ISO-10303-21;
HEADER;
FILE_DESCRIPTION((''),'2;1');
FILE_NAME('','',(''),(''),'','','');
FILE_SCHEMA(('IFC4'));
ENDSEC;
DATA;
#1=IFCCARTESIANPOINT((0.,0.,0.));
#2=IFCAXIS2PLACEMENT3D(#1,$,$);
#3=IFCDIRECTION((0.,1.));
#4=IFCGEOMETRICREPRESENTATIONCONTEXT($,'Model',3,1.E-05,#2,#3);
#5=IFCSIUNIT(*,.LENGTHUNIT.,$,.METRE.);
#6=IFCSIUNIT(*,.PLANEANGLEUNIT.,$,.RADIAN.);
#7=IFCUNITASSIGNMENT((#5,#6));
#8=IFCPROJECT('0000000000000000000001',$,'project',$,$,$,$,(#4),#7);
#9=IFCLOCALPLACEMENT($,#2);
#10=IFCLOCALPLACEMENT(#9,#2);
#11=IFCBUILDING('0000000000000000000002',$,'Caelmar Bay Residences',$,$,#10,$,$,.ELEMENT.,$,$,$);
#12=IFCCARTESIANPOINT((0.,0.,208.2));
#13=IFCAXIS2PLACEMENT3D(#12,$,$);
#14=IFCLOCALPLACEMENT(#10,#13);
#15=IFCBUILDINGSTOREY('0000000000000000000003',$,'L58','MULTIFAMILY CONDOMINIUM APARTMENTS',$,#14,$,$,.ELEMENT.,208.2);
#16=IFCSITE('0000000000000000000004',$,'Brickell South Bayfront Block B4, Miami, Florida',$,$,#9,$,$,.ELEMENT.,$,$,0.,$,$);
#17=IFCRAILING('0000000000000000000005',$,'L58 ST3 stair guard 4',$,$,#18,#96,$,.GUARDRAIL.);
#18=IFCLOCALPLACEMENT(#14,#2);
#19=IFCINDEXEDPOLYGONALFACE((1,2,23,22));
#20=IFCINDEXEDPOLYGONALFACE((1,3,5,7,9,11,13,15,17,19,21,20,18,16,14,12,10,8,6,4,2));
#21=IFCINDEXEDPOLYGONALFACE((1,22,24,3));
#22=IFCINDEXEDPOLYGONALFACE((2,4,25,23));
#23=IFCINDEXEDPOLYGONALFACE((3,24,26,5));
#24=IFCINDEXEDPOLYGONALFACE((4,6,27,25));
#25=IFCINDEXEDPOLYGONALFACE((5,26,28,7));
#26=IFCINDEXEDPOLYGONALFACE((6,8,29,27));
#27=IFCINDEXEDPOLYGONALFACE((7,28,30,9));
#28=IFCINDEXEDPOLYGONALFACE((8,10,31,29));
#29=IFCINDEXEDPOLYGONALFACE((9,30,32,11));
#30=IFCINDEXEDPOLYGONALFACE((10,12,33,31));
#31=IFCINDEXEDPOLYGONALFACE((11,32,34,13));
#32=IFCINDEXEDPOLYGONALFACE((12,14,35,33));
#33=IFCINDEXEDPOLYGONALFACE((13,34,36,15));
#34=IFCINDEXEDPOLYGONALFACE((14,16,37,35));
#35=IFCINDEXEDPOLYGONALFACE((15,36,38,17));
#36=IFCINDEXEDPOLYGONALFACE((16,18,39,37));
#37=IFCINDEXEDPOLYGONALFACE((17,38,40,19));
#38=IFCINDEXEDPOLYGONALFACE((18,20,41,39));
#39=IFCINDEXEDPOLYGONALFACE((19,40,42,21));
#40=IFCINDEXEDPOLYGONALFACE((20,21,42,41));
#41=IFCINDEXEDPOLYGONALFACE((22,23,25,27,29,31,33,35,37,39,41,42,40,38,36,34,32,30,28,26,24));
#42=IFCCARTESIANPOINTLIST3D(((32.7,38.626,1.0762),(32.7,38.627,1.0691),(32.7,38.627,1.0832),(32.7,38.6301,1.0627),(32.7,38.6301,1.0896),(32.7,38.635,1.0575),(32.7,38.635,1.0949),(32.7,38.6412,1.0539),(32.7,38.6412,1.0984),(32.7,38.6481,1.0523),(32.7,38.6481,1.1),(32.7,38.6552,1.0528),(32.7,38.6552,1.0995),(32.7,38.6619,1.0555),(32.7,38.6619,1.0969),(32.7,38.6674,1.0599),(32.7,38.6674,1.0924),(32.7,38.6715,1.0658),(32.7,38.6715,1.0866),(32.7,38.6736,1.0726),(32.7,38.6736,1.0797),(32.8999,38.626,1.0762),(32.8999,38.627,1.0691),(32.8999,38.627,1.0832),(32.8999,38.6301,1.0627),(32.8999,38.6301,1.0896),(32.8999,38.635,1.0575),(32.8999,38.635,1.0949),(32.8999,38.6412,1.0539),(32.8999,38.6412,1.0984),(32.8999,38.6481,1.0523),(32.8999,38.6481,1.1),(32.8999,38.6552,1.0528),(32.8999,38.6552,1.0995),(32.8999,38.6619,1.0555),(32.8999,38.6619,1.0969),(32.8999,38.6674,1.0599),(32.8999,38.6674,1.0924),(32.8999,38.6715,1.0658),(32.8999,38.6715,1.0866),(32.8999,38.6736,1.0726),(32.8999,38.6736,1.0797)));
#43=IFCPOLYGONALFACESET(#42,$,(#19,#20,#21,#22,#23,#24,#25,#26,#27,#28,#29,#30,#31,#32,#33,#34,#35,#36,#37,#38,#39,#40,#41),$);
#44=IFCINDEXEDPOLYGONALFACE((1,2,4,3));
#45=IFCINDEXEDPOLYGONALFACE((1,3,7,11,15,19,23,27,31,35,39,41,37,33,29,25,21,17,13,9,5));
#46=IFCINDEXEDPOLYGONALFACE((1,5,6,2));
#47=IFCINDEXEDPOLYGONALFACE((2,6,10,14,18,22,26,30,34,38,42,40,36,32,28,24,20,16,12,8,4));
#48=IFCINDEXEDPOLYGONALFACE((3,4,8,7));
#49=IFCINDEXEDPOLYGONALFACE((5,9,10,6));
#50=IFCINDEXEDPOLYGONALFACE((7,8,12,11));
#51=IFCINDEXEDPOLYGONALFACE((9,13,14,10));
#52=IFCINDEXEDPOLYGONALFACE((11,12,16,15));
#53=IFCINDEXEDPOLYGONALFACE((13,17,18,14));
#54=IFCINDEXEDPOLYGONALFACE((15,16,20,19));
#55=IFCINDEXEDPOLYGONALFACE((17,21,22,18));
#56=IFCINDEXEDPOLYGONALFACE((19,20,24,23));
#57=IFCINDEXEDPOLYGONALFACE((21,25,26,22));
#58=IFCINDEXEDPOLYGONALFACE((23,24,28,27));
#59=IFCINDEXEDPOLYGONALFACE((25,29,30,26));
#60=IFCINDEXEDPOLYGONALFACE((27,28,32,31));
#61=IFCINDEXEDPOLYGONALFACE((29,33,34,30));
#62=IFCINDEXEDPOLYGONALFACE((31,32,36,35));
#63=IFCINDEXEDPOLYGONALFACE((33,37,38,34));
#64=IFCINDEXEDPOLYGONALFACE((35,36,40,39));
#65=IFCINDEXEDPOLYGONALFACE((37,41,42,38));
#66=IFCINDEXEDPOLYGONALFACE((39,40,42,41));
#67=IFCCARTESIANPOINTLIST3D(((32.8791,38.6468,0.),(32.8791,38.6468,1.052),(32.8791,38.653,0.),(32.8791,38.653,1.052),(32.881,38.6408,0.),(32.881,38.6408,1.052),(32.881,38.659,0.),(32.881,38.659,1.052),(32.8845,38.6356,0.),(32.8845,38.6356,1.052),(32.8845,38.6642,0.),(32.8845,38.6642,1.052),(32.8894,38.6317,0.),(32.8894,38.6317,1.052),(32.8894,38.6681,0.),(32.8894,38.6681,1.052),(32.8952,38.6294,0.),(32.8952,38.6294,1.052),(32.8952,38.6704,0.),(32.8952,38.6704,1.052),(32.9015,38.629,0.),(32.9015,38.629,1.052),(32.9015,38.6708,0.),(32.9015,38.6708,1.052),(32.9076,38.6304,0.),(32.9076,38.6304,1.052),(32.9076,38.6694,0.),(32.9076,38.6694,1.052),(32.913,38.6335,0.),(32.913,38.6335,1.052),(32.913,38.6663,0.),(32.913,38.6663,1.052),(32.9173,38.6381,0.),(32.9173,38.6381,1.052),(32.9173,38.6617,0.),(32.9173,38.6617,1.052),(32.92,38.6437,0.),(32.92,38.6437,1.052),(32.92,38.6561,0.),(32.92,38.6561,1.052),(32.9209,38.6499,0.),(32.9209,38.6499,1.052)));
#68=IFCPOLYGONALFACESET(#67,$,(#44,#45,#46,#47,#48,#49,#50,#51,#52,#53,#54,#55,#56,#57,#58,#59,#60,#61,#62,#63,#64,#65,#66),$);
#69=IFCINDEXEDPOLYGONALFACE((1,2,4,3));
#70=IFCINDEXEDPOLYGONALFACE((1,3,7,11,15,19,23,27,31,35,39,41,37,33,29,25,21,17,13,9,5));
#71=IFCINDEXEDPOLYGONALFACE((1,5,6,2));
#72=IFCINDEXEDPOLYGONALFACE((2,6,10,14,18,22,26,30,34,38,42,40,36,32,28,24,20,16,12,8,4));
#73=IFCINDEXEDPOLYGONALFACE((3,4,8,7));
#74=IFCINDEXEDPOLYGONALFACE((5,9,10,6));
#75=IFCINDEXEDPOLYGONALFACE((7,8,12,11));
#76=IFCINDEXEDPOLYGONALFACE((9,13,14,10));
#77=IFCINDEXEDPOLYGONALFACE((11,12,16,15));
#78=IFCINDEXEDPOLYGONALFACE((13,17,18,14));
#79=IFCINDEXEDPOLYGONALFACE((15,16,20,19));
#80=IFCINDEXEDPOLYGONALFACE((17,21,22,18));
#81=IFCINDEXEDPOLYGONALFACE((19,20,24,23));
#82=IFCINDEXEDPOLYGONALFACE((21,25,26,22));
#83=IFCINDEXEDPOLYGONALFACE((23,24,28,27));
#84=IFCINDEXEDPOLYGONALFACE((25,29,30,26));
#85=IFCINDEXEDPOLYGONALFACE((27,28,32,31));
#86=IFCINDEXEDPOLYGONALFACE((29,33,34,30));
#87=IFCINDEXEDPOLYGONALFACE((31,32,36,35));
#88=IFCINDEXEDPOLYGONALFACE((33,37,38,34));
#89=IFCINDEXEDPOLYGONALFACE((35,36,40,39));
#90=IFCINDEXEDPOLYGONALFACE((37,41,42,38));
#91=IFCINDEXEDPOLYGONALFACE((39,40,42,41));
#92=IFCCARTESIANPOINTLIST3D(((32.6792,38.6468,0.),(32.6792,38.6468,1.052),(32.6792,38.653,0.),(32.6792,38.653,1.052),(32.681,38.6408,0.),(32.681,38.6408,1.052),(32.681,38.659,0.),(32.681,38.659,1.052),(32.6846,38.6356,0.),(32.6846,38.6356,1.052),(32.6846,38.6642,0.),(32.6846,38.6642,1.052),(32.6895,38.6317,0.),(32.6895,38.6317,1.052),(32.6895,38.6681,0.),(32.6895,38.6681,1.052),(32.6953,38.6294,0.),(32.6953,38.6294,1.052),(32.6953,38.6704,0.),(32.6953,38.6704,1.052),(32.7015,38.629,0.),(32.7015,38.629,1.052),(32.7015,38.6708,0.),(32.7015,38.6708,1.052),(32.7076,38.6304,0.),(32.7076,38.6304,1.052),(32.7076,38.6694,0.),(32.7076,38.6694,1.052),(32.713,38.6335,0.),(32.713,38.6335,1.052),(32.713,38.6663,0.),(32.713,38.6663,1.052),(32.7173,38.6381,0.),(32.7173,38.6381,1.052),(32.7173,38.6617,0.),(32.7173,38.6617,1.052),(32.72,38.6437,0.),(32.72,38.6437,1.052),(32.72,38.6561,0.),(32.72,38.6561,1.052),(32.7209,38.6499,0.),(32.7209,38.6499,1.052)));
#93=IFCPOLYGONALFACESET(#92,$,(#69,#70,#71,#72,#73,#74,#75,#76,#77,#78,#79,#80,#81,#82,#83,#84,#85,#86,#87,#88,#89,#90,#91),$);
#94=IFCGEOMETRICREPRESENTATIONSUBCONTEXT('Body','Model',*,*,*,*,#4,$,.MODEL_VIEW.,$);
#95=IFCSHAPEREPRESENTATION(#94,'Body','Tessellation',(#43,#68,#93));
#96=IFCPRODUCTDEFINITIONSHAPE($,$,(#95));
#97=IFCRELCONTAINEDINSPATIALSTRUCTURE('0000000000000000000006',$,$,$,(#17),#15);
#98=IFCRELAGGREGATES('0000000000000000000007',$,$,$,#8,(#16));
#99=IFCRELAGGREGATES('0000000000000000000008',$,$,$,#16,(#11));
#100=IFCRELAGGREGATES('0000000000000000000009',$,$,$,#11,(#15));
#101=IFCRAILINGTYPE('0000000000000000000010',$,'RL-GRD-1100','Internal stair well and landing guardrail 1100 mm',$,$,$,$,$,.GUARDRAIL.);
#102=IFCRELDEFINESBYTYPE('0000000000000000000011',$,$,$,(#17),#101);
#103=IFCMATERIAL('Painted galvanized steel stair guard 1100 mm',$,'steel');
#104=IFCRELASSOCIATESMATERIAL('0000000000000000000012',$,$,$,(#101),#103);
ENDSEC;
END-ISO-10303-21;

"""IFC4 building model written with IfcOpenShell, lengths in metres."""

from ifc_helpers import new_model, si_unit, direction, frame, origin, origin_2d, place, context, subcontext, project, spatial, circle, extrude, material, type_object, element, save


model = new_model("IFC4")

# Units and contexts
model_context = context("Model", 3, precision=1e-05, world=origin(), true_north=direction((0.0, 1.0)))
body_context = subcontext(model_context, "Body", "Model", "MODEL_VIEW")
ifc_project = project(units=[si_unit("LENGTHUNIT", "METRE"), si_unit("PLANEANGLEUNIT", "RADIAN")], contexts=[model_context])

# Site, building, storey
site_placement = place(None, origin())
site = spatial("IfcSite", under=ifc_project, at=site_placement, Name="Brickell South Bayfront Block B4, Miami, Florida", CompositionType="ELEMENT", RefElevation=0.0)
building_placement = place(site_placement, origin())
building = spatial("IfcBuilding", under=site, at=building_placement, Name="Caelmar Bay Residences", CompositionType="ELEMENT")
storey_placement = place(building_placement, frame((0.0, 0.0, 208.2)))
storey = spatial("IfcBuildingStorey", under=building, at=storey_placement, Name="L58", Description="MULTIFAMILY CONDOMINIUM APARTMENTS", CompositionType="ELEMENT", Elevation=208.2)

# Railing
ifc_material_1 = material(Name="Painted galvanized steel stair guard 1100 mm", Category="steel")
railing_type_1 = type_object("IfcRailingType", Name="RL-GRD-1100", Description="Internal stair well and landing guardrail 1100 mm", PredefinedType="GUARDRAIL", material=ifc_material_1)
railing_1_placement = place(storey_placement, frame((32.8999, 38.6499, 0.0)))
element("IfcRailing", 1, at=railing_1_placement, inside=storey, type_object=railing_type_1, Name="L58 ST3 stair guard 4", PredefinedType="GUARDRAIL", context=body_context, shape_type="SweptSolid", body=[
    extrude(circle(Radius=0.0239, at=origin_2d()), frame((0.0, 0.0, 1.0762), z_axis=(-1.0, 0.0, 0.0), x_axis=(0.0, -1.0, 0.0)), (0.0, 0.0, 1.0), 0.2),
    extrude(circle(Radius=0.021, at=origin_2d()), origin(), (0.0, 0.0, 1.0), 1.052),
    extrude(circle(Radius=0.021, at=origin_2d()), frame((-0.2, 0.0, 0.0)), (0.0, 0.0, 1.0), 1.052),
])

save(model, "model.ifc")
